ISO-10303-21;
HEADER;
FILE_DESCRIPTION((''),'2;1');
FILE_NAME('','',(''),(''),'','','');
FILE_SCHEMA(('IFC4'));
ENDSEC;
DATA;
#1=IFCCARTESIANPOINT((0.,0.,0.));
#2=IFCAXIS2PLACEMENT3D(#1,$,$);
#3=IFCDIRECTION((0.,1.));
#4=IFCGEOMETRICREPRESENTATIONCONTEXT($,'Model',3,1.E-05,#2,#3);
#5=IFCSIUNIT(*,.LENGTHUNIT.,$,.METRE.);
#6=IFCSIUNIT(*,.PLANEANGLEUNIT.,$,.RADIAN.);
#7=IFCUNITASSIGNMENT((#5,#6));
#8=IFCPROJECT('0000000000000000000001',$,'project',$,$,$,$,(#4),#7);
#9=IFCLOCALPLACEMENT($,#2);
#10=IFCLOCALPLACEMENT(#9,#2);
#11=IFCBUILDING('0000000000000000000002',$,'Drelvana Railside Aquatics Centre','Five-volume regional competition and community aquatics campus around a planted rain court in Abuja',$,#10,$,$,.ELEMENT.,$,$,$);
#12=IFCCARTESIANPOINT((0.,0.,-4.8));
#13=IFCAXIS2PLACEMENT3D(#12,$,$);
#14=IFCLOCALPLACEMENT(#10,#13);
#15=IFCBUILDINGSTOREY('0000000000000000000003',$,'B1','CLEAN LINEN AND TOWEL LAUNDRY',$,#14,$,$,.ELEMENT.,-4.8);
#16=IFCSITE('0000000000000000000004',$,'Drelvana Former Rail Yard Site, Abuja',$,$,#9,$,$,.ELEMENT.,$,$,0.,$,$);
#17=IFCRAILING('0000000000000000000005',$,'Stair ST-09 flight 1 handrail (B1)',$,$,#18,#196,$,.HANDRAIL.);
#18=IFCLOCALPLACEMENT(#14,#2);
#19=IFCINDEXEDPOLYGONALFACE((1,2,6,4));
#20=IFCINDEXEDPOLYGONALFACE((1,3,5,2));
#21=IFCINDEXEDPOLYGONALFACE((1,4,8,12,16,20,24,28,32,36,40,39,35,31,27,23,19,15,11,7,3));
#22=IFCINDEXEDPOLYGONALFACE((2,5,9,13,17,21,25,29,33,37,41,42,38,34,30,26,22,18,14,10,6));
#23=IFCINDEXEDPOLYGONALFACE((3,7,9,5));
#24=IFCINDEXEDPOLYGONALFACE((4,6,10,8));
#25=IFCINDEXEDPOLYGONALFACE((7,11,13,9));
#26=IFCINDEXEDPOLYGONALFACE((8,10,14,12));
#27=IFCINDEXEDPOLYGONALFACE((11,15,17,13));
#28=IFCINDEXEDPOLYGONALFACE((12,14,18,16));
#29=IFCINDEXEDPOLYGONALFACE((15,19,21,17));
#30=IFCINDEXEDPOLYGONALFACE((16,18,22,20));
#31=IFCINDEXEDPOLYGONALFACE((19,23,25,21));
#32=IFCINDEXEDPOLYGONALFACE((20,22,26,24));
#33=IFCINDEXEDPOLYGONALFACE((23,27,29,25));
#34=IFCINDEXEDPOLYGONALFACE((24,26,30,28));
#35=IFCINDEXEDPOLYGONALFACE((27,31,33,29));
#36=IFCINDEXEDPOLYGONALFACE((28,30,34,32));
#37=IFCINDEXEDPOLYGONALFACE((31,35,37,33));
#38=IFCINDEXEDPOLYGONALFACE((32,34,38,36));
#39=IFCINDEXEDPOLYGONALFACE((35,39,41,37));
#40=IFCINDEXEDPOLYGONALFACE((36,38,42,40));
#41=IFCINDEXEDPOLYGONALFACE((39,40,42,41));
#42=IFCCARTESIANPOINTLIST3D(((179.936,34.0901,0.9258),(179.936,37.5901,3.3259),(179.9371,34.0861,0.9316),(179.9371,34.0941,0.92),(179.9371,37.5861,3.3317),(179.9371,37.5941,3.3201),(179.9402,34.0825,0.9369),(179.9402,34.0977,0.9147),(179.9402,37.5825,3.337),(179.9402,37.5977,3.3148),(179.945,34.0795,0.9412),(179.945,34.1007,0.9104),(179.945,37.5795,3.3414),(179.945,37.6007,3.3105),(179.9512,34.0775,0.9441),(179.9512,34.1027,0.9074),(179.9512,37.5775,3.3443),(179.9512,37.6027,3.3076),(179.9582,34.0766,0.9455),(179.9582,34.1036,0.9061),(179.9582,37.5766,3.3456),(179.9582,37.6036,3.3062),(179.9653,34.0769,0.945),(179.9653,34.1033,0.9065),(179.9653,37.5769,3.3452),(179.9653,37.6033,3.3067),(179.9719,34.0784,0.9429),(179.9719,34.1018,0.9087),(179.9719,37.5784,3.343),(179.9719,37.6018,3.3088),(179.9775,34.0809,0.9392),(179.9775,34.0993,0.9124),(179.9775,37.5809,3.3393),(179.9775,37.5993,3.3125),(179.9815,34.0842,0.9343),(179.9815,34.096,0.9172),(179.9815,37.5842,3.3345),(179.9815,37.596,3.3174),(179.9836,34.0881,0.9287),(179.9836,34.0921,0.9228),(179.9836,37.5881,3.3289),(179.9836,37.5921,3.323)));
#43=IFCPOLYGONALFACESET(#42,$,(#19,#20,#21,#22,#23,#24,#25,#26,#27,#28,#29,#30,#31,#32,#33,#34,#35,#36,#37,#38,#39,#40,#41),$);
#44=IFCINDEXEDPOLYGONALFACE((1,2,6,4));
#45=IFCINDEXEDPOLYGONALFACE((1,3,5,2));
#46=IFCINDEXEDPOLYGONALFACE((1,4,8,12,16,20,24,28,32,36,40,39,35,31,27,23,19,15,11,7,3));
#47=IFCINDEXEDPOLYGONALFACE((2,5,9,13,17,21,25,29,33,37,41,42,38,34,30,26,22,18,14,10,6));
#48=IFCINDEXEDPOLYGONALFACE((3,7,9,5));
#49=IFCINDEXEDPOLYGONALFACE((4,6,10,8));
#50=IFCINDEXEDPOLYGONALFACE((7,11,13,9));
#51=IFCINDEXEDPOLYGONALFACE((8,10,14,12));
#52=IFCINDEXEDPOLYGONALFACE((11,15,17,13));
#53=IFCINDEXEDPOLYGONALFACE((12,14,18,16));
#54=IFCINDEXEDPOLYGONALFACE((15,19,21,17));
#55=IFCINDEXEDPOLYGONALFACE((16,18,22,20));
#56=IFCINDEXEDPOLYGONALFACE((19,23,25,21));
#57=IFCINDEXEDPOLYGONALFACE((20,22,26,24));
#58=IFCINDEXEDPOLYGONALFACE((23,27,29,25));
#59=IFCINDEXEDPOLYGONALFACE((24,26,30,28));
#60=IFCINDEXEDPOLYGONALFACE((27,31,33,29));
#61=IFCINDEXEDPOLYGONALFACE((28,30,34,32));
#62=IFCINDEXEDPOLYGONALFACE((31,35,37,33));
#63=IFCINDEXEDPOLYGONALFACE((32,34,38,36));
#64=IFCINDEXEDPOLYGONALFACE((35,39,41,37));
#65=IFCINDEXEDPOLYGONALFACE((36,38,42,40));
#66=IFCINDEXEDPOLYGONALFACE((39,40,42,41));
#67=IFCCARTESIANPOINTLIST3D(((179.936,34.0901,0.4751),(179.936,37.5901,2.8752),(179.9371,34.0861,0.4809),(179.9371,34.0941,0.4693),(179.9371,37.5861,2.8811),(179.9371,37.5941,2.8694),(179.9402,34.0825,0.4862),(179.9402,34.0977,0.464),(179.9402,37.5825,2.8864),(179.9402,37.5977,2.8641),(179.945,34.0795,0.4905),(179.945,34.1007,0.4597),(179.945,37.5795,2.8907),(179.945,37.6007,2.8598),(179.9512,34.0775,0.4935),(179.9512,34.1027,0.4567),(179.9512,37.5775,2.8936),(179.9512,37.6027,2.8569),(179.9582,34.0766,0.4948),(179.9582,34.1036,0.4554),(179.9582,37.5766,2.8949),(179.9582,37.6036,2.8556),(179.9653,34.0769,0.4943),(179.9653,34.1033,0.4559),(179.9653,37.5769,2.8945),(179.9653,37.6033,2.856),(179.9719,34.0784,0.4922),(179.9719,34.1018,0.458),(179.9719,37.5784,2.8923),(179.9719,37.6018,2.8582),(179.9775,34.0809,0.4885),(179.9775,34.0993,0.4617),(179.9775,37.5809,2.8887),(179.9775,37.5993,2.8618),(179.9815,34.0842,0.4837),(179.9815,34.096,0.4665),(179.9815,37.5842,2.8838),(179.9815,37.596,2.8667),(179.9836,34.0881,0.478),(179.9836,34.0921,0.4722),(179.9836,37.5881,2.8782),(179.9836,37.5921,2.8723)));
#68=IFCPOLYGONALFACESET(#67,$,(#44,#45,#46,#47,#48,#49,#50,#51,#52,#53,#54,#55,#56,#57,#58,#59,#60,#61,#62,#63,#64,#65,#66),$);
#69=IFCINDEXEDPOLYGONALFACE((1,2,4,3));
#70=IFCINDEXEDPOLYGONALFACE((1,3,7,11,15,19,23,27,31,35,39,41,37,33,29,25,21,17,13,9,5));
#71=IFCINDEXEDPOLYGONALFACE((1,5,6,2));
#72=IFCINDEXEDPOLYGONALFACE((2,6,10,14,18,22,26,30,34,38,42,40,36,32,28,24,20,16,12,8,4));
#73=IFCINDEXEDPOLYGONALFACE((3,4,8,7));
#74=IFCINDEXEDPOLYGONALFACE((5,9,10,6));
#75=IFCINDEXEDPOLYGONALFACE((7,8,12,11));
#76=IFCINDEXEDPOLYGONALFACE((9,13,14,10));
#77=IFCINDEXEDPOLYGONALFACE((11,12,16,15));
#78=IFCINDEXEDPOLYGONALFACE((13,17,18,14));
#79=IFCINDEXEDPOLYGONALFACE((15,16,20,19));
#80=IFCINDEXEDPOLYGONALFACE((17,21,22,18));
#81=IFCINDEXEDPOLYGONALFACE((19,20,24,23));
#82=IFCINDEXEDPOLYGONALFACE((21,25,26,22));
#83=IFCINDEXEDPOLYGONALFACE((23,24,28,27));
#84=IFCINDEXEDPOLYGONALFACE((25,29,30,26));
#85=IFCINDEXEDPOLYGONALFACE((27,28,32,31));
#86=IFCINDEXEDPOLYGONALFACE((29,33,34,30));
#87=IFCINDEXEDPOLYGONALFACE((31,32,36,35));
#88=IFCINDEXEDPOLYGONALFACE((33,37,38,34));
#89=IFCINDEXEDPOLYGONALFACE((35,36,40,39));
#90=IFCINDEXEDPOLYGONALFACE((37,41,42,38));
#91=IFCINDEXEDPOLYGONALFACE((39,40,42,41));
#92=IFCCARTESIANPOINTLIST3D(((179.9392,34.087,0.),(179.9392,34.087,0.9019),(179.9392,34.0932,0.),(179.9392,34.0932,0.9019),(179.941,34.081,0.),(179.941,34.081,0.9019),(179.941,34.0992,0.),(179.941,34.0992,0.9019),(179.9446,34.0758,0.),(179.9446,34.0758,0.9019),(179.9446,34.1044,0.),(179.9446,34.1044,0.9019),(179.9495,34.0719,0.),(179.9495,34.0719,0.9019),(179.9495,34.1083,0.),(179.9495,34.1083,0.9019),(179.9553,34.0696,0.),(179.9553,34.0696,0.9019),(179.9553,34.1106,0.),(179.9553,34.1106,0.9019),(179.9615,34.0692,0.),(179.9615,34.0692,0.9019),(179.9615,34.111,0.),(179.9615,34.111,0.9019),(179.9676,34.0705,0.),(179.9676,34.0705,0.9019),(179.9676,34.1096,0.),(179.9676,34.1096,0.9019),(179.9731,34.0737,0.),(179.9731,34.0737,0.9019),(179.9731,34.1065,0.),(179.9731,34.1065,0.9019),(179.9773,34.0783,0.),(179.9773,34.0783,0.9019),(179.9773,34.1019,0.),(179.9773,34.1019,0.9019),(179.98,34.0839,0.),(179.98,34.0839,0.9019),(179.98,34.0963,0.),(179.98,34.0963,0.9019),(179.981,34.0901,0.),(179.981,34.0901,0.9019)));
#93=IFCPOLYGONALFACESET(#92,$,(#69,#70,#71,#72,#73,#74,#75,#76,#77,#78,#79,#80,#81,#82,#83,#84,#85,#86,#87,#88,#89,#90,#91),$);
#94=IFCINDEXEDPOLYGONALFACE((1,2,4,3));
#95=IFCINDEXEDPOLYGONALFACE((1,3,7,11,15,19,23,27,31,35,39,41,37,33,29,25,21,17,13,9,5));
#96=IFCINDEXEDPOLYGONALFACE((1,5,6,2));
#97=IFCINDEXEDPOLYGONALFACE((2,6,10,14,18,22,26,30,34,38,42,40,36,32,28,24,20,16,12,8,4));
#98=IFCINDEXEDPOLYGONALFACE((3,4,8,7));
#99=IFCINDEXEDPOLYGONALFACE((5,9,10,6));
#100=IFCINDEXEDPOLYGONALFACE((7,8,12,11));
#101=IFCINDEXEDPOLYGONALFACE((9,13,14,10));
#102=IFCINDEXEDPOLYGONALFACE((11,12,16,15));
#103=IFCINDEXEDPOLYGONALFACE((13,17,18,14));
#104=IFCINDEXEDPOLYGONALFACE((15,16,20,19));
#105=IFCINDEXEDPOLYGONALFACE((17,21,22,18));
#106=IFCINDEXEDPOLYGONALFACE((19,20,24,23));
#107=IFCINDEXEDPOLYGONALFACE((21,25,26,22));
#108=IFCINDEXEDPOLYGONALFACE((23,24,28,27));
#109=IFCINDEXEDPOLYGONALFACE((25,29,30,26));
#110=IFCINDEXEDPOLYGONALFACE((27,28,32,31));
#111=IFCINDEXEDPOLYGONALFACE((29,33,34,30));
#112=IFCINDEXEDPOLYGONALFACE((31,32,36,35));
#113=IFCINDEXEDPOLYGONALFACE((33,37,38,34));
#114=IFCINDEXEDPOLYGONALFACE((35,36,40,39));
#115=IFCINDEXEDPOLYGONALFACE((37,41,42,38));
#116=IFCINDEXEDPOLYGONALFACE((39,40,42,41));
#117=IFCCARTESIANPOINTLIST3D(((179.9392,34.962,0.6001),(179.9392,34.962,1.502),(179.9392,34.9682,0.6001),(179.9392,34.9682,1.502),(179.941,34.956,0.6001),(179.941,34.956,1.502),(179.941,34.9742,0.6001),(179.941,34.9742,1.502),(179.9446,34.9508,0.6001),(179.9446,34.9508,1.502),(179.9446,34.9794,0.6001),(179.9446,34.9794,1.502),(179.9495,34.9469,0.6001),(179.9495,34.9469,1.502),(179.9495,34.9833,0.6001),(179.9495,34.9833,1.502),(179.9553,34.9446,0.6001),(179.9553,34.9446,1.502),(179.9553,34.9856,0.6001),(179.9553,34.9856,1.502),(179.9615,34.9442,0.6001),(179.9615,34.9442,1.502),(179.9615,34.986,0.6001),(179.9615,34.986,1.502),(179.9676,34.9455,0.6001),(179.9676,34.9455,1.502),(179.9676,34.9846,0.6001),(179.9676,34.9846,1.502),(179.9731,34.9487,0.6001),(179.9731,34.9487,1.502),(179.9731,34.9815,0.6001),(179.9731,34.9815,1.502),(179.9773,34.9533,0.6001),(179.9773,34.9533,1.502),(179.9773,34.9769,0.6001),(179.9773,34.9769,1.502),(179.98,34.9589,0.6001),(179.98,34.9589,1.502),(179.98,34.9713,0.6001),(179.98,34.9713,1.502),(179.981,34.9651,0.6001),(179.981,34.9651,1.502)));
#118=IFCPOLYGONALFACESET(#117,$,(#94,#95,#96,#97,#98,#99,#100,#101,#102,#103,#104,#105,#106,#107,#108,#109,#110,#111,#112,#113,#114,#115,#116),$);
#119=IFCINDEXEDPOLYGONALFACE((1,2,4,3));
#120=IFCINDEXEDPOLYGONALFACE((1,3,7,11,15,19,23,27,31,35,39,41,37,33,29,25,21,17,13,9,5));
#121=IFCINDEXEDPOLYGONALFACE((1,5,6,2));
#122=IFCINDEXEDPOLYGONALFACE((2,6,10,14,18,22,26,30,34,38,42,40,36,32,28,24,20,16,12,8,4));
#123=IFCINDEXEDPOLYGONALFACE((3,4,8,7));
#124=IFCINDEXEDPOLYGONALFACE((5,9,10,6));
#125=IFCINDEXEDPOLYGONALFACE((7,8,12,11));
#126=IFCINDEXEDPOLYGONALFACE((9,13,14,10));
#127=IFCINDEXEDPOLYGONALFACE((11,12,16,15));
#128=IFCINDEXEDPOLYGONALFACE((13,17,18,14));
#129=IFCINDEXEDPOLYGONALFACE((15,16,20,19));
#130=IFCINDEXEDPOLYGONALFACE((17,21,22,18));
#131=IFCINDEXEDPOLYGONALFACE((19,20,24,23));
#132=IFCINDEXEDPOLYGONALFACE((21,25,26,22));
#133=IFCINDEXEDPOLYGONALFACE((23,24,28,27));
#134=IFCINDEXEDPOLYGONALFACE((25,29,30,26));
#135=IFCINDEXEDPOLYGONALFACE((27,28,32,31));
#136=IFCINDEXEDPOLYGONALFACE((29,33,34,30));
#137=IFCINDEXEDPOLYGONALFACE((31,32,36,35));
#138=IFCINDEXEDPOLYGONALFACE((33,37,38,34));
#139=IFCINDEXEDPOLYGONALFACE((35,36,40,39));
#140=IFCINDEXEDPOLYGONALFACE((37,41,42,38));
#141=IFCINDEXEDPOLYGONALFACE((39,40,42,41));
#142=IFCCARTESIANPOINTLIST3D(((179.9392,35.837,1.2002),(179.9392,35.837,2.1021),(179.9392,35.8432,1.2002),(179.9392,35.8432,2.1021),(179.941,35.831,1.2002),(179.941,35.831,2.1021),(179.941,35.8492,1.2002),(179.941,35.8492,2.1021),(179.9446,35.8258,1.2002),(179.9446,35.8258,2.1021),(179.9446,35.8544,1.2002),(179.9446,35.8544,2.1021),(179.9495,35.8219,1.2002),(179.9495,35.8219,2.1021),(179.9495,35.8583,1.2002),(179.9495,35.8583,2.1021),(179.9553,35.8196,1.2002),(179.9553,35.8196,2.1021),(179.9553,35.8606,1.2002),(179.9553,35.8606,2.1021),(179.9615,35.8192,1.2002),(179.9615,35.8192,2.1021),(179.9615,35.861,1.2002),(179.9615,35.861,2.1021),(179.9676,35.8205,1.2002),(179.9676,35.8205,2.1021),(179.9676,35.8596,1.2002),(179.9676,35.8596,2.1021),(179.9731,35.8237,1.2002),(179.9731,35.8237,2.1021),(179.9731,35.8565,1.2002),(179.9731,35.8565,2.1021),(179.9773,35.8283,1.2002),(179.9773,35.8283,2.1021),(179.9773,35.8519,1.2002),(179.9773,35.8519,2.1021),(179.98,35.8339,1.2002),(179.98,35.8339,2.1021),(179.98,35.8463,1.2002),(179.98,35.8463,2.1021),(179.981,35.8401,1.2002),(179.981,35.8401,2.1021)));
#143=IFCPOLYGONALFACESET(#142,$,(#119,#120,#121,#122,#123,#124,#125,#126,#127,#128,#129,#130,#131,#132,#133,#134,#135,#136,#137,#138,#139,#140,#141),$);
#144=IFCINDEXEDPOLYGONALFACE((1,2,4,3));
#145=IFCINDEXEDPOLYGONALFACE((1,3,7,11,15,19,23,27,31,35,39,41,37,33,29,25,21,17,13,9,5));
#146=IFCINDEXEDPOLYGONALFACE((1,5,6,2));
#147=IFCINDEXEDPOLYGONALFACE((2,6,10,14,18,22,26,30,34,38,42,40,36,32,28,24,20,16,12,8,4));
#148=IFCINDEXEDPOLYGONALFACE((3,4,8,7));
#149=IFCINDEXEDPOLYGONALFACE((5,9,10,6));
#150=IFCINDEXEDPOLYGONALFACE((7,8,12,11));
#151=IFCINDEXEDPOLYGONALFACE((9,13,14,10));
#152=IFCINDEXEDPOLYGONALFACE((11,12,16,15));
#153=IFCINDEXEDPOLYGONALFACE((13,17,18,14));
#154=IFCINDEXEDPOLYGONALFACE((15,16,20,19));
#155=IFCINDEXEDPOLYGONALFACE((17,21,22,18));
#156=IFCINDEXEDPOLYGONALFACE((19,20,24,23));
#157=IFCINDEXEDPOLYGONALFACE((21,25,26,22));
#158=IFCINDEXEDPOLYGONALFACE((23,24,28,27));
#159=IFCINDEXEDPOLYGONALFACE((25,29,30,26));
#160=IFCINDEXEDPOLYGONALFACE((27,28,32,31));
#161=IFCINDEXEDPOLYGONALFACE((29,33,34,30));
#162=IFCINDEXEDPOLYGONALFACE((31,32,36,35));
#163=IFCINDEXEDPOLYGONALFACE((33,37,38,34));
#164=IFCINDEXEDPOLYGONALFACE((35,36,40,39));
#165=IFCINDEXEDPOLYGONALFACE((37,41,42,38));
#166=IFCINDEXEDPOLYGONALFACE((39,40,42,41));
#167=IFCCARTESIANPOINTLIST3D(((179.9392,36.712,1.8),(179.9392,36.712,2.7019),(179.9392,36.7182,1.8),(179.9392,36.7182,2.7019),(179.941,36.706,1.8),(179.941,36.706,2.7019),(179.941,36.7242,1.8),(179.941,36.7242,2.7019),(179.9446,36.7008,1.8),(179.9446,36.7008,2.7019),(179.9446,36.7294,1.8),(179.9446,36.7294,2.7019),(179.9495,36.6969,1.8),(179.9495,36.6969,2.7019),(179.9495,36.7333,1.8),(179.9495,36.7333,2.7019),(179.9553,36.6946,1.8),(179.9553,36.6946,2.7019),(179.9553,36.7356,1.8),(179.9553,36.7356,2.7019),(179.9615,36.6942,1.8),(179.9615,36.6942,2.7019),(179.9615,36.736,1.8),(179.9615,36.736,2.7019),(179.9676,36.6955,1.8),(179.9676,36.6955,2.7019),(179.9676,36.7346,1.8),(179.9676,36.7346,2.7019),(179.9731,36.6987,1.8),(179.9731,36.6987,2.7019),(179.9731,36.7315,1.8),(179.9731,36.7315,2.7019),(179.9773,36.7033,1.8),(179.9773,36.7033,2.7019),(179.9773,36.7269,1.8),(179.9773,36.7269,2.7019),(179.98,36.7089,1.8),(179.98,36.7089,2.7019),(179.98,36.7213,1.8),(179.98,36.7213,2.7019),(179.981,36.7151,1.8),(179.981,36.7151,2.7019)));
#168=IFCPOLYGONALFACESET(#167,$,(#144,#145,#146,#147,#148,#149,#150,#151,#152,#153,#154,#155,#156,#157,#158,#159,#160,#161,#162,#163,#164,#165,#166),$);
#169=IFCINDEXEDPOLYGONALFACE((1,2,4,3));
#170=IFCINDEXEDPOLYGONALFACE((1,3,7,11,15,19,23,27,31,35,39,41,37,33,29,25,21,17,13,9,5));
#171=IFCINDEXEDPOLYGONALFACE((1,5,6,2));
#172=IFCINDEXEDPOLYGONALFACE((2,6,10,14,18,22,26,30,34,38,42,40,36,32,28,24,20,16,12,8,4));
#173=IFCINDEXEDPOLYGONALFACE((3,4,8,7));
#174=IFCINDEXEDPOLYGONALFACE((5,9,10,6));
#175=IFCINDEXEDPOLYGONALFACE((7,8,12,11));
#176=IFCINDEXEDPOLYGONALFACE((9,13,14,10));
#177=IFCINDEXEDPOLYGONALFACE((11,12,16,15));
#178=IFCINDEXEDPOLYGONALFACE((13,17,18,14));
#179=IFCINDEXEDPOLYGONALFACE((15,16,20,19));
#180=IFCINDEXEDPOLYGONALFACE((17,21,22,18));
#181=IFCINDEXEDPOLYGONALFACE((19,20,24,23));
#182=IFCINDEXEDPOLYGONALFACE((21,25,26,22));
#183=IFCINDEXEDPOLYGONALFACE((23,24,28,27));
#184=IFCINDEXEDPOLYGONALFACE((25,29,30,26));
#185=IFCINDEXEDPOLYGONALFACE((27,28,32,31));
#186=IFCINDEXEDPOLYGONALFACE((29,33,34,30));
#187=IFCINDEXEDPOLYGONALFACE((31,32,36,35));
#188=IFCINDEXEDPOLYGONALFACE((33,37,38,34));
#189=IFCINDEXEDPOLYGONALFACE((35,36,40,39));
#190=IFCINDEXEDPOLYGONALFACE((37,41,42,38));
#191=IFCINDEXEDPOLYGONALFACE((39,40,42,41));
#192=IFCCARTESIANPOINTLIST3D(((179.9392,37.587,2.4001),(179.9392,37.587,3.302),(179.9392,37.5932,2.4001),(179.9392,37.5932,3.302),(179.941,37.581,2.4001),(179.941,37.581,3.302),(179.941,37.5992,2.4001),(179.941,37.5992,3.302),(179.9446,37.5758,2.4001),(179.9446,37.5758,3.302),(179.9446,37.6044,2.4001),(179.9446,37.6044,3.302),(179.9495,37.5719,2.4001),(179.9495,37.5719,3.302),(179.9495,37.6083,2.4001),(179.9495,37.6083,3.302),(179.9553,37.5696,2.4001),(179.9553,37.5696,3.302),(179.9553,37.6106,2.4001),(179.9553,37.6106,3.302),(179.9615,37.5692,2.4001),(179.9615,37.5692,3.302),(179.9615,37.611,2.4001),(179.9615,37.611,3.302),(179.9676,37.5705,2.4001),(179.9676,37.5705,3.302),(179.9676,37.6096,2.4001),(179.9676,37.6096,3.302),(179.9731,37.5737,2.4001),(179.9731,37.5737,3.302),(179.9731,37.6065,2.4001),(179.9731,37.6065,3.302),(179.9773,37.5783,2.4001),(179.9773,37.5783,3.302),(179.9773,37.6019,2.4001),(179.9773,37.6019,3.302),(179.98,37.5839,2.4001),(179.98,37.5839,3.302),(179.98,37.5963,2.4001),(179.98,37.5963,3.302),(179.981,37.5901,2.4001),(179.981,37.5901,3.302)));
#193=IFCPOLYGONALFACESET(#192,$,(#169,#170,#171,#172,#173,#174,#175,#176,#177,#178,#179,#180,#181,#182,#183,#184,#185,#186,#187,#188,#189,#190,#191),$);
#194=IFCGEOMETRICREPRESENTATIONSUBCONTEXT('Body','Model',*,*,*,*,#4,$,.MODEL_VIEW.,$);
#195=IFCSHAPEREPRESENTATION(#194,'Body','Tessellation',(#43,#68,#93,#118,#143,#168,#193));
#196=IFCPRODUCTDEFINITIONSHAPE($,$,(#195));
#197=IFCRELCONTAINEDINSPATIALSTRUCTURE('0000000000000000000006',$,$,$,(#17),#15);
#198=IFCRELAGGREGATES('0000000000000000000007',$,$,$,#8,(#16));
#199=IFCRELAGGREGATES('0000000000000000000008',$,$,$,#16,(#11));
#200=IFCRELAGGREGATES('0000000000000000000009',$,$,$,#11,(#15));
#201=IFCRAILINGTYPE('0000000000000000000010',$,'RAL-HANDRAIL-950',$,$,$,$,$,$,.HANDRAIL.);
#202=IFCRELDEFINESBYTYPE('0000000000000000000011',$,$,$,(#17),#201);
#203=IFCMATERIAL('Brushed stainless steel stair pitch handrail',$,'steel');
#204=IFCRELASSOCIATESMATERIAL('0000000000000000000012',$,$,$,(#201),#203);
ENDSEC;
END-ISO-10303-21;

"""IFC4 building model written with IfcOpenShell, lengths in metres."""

from ifc_helpers import new_model, si_unit, direction, frame, origin, origin_2d, place, context, subcontext, project, spatial, circle, extrude, material, type_object, element, save


model = new_model("IFC4")

# Units and contexts
model_context = context("Model", 3, precision=1e-05, world=origin(), true_north=direction((0.0, 1.0)))
body_context = subcontext(model_context, "Body", "Model", "MODEL_VIEW")
ifc_project = project(units=[si_unit("LENGTHUNIT", "METRE"), si_unit("PLANEANGLEUNIT", "RADIAN")], contexts=[model_context])

# Site, building, storey
site_placement = place(None, origin())
site = spatial("IfcSite", under=ifc_project, at=site_placement, Name="Drelvana Former Rail Yard Site, Abuja", CompositionType="ELEMENT", RefElevation=0.0)
building_placement = place(site_placement, origin())
building = spatial("IfcBuilding", under=site, at=building_placement, Name="Drelvana Railside Aquatics Centre", Description="Five-volume regional competition and community aquatics campus around a planted rain court in Abuja", CompositionType="ELEMENT")
storey_placement = place(building_placement, frame((0.0, 0.0, -4.8)))
storey = spatial("IfcBuildingStorey", under=building, at=storey_placement, Name="B1", Description="CLEAN LINEN AND TOWEL LAUNDRY", CompositionType="ELEMENT", Elevation=-4.8)

# Railing
ifc_material_1 = material(Name="Brushed stainless steel stair pitch handrail", Category="steel")
railing_type = type_object("IfcRailingType", Name="RAL-HANDRAIL-950", PredefinedType="HANDRAIL", material=ifc_material_1)
railing_1_placement = place(storey_placement, frame((179.96, 34.0901, 0.0)))
element("IfcRailing", 1, at=railing_1_placement, inside=storey, type_object=railing_type, Name="Stair ST-09 flight 1 handrail (B1)", PredefinedType="HANDRAIL", context=body_context, shape_type="SweptSolid", body=[
    extrude(circle(Radius=0.0239, at=origin_2d()), frame((0.0, 0.0, 0.9258), z_axis=(0.0, 0.824713, 0.565552), x_axis=(-1.0, 0.0, 0.0)), (0.0, 0.0, 1.0), 4.2439),
    extrude(circle(Radius=0.0239, at=origin_2d()), frame((0.0, 0.0, 0.4751), z_axis=(0.0, 0.824713, 0.565552), x_axis=(-1.0, 0.0, 0.0)), (0.0, 0.0, 1.0), 4.2439),
    extrude(circle(Radius=0.021, at=origin_2d()), origin(), (0.0, 0.0, 1.0), 0.9019),
    extrude(circle(Radius=0.021, at=origin_2d()), frame((0.0, 0.875, 0.6001)), (0.0, 0.0, 1.0), 0.9019),
    extrude(circle(Radius=0.021, at=origin_2d()), frame((0.0, 1.75, 1.2002)), (0.0, 0.0, 1.0), 0.9019),
    extrude(circle(Radius=0.021, at=origin_2d()), frame((0.0, 2.625, 1.8)), (0.0, 0.0, 1.0), 0.9019),
    extrude(circle(Radius=0.021, at=origin_2d()), frame((0.0, 3.5, 2.4001)), (0.0, 0.0, 1.0), 0.9019),
])

save(model, "model.ifc")
